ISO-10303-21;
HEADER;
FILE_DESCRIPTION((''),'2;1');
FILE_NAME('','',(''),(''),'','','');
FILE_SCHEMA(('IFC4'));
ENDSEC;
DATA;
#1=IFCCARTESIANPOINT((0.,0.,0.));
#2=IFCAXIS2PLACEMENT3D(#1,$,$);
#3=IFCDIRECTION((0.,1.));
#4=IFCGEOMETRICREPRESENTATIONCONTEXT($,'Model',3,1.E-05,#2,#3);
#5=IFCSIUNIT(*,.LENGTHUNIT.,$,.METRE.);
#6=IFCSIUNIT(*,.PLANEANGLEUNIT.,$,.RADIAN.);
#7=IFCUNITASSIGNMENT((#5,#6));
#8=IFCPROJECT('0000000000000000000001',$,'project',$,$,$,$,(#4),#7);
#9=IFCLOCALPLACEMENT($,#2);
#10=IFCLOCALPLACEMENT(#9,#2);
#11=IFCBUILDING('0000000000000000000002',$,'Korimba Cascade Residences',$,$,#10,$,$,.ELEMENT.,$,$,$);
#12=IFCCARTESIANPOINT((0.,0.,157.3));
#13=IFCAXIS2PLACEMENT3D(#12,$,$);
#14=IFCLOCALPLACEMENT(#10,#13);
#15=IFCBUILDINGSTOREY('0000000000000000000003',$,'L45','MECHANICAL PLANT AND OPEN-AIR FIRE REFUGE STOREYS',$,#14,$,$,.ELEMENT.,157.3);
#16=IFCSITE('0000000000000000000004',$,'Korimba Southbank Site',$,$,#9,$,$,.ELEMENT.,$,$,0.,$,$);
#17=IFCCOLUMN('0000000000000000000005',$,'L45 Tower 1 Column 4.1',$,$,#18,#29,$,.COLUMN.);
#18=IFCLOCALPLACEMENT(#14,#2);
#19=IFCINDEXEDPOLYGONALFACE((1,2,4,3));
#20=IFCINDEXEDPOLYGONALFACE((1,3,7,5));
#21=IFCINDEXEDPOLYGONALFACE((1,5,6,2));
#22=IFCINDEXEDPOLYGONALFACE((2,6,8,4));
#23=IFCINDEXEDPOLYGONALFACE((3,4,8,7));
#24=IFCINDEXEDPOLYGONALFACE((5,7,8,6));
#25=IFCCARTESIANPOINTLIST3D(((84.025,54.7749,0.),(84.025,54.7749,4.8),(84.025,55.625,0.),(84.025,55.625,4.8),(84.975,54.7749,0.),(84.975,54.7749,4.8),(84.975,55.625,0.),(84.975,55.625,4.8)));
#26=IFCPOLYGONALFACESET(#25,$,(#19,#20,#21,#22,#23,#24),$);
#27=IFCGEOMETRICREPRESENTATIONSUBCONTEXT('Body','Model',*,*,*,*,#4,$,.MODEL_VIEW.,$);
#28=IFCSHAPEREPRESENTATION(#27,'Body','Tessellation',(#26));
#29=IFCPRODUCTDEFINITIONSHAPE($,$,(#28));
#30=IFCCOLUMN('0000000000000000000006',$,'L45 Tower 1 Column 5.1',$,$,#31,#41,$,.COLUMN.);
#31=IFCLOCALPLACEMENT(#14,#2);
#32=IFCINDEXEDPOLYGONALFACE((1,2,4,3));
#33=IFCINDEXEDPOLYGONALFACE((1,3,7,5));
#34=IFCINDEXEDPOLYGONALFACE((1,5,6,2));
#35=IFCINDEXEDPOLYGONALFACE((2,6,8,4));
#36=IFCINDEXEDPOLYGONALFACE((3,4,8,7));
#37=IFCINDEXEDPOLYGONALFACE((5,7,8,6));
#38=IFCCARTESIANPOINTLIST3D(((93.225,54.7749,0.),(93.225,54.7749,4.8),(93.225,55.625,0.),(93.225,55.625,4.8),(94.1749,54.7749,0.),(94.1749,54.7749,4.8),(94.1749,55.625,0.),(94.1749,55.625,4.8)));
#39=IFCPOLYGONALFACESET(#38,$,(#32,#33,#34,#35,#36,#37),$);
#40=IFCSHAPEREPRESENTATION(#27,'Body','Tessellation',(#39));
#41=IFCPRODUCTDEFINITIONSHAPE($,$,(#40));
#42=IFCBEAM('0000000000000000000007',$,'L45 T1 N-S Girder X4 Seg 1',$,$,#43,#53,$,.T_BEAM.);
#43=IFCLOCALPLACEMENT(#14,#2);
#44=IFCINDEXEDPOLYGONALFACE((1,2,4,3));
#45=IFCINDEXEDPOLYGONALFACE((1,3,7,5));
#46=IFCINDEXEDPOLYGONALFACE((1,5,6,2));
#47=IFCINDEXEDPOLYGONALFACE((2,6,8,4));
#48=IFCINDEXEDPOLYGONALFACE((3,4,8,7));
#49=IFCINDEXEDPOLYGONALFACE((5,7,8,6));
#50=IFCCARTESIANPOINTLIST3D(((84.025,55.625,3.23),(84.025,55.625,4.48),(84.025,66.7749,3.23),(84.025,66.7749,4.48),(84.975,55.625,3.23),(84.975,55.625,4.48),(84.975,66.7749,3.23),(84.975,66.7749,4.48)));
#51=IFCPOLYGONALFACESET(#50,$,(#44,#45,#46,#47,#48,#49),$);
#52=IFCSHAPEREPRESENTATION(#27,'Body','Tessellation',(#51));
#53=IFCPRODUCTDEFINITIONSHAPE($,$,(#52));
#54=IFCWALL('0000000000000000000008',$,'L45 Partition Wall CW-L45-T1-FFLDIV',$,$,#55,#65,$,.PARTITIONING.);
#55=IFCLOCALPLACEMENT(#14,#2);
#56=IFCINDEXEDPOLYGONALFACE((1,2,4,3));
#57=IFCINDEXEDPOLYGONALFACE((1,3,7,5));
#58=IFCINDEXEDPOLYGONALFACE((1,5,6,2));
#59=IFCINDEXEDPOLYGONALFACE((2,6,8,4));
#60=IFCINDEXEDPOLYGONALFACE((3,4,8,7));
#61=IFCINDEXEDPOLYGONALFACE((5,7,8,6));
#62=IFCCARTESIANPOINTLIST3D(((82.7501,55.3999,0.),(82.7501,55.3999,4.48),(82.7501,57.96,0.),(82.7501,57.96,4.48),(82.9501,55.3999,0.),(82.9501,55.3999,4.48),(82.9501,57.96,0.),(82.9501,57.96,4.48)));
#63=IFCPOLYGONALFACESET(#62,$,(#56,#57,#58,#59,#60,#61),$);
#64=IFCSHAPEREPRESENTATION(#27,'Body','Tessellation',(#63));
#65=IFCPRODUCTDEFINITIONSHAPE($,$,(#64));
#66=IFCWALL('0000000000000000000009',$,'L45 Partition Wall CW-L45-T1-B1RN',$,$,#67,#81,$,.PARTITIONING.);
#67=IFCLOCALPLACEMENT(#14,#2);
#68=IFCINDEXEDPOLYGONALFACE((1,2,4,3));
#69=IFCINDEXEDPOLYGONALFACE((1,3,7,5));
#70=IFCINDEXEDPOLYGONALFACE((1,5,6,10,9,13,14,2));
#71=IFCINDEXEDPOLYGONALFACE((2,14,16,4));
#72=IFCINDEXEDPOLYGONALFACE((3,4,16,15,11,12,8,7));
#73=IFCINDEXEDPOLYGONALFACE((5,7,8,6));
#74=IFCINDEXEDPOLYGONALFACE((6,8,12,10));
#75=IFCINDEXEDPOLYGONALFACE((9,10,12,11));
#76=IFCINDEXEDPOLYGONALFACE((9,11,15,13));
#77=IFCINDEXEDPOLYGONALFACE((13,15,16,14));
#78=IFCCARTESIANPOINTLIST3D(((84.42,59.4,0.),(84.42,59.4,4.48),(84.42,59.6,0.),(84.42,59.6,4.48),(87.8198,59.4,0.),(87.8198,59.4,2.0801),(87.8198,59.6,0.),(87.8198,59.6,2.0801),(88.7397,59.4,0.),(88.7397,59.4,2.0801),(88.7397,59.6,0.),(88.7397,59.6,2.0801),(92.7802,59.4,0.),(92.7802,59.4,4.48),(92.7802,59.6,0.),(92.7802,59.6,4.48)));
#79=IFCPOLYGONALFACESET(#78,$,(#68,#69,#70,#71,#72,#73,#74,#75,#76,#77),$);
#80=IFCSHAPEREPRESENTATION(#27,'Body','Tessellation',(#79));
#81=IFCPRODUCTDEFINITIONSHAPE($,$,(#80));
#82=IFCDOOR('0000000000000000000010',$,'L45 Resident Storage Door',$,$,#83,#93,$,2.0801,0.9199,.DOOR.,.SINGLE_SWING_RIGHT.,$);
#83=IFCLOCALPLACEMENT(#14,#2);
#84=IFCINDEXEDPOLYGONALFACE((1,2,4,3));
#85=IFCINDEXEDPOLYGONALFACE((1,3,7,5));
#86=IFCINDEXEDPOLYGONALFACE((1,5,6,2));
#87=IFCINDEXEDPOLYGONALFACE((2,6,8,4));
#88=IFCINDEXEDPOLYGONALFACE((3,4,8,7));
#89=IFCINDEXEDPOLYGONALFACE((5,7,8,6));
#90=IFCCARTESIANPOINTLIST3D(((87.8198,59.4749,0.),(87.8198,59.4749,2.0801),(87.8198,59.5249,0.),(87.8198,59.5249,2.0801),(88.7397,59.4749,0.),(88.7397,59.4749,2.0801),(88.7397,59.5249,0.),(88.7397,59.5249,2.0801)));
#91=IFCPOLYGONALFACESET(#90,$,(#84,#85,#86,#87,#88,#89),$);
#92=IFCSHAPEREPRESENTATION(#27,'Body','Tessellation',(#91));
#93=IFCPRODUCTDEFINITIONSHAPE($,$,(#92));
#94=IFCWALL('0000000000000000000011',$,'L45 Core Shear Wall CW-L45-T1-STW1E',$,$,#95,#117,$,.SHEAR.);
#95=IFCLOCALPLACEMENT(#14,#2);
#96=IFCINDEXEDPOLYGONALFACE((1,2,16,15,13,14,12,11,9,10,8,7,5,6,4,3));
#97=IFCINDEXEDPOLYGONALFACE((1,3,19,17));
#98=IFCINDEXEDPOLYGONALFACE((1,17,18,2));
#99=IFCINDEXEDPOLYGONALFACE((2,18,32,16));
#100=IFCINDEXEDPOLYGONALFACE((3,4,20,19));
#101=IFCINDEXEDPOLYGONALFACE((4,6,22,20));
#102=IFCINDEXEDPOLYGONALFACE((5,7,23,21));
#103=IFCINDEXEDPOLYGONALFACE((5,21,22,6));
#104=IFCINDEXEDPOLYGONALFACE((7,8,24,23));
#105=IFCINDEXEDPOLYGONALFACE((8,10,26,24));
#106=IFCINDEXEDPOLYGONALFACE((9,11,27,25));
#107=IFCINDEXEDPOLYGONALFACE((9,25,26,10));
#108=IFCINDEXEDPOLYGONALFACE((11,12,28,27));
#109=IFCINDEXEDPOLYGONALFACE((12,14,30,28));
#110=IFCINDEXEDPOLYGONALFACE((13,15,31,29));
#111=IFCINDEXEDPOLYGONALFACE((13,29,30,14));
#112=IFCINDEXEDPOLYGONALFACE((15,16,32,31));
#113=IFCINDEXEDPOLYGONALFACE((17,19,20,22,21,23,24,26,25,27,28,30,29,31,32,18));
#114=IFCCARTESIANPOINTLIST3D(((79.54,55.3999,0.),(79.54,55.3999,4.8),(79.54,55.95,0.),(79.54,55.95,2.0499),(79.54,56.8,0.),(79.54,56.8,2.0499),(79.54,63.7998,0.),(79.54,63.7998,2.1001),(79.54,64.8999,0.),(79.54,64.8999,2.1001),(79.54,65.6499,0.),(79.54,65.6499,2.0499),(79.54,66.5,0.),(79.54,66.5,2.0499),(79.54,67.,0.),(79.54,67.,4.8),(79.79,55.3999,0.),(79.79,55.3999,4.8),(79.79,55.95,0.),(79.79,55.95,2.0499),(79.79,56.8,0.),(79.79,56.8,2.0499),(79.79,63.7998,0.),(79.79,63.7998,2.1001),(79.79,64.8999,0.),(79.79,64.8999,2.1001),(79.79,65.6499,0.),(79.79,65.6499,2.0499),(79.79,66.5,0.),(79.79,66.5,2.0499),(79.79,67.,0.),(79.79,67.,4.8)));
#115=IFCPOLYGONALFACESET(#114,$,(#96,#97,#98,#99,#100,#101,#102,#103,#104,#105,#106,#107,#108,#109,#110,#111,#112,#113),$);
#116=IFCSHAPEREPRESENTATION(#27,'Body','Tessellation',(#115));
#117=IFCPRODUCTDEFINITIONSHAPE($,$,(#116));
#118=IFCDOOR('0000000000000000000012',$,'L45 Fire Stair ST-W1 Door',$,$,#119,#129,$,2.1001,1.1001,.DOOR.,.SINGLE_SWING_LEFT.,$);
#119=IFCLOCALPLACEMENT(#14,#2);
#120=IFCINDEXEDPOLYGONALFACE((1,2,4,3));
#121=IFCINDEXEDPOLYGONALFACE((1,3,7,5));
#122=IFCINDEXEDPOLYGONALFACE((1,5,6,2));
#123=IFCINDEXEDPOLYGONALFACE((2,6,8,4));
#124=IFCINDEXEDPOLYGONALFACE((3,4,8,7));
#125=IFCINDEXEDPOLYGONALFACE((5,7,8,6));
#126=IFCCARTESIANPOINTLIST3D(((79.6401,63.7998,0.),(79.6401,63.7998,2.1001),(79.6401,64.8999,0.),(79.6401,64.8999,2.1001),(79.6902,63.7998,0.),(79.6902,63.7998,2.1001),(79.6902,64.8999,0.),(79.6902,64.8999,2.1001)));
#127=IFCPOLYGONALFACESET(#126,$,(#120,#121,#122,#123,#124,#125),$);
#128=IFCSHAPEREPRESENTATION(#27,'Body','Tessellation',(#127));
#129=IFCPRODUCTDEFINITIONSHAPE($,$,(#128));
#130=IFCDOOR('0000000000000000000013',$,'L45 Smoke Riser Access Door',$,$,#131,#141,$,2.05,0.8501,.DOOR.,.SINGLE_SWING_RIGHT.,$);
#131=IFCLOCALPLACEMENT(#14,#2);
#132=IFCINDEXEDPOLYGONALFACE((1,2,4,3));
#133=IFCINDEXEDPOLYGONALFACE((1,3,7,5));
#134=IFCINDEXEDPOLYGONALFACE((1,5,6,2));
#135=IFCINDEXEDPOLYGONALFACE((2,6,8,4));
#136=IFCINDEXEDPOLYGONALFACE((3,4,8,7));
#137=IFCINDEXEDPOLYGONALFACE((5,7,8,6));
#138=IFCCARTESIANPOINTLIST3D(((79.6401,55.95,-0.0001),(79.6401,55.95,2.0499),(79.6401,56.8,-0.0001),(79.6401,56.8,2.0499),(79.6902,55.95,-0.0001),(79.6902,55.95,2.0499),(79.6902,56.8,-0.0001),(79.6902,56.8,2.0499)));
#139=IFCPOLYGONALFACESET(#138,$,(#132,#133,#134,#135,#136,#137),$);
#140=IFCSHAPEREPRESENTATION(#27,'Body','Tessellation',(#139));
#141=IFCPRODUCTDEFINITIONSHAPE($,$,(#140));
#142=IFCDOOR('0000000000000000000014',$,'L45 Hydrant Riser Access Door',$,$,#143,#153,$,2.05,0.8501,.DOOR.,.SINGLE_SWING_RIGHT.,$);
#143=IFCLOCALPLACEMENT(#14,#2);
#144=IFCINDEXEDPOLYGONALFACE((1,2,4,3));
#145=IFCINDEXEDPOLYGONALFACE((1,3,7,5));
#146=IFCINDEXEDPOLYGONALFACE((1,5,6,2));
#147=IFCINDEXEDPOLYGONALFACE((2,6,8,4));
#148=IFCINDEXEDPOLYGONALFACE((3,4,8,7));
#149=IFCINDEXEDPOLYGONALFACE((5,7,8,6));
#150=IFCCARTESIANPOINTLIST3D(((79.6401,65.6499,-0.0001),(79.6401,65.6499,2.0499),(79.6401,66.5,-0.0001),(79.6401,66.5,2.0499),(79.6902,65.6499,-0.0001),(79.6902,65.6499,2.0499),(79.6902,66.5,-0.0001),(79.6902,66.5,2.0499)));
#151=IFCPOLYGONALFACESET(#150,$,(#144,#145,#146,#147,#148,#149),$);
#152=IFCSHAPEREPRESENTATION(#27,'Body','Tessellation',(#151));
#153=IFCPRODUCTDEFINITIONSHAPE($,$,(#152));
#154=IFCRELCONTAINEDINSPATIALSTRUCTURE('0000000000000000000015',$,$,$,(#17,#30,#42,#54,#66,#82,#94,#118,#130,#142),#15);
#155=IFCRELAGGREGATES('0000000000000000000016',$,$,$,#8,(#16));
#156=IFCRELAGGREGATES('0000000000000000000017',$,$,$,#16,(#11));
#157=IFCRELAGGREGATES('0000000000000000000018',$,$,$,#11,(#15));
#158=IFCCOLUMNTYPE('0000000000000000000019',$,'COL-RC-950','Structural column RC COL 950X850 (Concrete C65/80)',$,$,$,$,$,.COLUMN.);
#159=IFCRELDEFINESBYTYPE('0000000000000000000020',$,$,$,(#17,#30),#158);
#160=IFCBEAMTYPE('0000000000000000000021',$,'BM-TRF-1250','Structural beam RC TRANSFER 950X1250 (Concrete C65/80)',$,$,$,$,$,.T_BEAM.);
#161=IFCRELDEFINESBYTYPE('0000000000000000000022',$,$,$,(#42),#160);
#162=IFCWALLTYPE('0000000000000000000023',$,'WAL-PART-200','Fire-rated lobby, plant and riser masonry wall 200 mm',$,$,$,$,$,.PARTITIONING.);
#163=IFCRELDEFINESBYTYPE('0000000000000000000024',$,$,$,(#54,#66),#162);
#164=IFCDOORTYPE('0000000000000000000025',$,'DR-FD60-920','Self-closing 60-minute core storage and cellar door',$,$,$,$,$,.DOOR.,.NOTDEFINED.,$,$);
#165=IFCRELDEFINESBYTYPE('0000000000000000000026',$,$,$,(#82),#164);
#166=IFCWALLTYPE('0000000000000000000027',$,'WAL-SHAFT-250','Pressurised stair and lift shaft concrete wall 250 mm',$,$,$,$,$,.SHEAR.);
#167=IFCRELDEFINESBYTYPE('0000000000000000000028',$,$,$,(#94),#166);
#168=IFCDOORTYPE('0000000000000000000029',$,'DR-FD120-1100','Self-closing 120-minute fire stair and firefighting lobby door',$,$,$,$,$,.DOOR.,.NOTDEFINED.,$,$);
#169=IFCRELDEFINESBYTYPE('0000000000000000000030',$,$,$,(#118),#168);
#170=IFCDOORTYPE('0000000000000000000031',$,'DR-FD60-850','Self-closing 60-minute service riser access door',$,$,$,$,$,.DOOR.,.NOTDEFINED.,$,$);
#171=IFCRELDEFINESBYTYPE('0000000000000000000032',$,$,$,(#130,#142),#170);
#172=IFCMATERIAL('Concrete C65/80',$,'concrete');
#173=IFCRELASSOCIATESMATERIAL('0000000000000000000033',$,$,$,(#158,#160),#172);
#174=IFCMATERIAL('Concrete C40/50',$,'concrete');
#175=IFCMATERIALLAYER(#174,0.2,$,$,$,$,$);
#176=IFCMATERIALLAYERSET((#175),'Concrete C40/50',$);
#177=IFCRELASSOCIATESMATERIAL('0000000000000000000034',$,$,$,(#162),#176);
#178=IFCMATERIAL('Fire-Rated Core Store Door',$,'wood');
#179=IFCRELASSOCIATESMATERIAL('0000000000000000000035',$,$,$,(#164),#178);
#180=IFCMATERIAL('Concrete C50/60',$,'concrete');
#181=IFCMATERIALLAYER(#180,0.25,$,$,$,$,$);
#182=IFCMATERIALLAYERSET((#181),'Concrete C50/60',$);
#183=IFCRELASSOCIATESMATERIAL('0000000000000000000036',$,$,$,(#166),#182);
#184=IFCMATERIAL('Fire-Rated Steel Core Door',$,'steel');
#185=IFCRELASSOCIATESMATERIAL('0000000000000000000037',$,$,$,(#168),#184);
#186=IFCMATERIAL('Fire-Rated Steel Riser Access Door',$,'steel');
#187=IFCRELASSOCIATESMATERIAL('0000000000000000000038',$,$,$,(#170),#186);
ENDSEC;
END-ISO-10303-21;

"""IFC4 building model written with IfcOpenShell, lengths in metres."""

from ifc_helpers import new_model, si_unit, direction, frame, frame_2d, origin, origin_2d, place, context, subcontext, project, spatial, rectangle, extrude, material, layer, layer_set, material_profile, profile_set, type_object, element, fill, save


model = new_model("IFC4")

# Units and contexts
model_context = context("Model", 3, precision=1e-05, world=origin(), true_north=direction((0.0, 1.0)))
body_context = subcontext(model_context, "Body", "Model", "MODEL_VIEW")
ifc_project = project(units=[si_unit("LENGTHUNIT", "METRE"), si_unit("PLANEANGLEUNIT", "RADIAN")], contexts=[model_context])

# Site, building, storey
site_placement = place(None, origin())
site = spatial("IfcSite", under=ifc_project, at=site_placement, Name="Korimba Southbank Site", CompositionType="ELEMENT", RefElevation=0.0)
building_placement = place(site_placement, origin())
building = spatial("IfcBuilding", under=site, at=building_placement, Name="Korimba Cascade Residences", CompositionType="ELEMENT")
storey_placement = place(building_placement, frame((0.0, 0.0, 157.3)))
storey = spatial("IfcBuildingStorey", under=building, at=storey_placement, Name="L45", Description="MECHANICAL PLANT AND OPEN-AIR FIRE REFUGE STOREYS", CompositionType="ELEMENT", Elevation=157.3)

# Columns
ifc_material_1 = material(Name="Concrete C65/80", Category="concrete")
ifc_material_profile_1 = material_profile(ifc_material_1, rectangle(XDim=0.95, YDim=0.8501, at=origin_2d()), Name="Concrete C65/80")
ifc_profile_set_1 = profile_set([ifc_material_profile_1], Name="Concrete C65/80")
column_type = type_object("IfcColumnType", Name="COL-RC-950", Description="Structural column RC COL 950X850 (Concrete C65/80)", PredefinedType="COLUMN", material=ifc_profile_set_1)
for number, where, z_axis, x_axis, name in (
    (1, (84.5, 55.2, 0.0), (0.0, 0.0, 1.0), (1.0, 0.0, 0.0), "L45 Tower 1 Column 4.1"),
    (2, (93.7, 55.2, 0.0), (0.0, 0.0, 1.0), (1.0, 0.0, 0.0), "L45 Tower 1 Column 5.1"),
):
    element("IfcColumn", number, at=place(storey_placement, frame(where, z_axis=z_axis, x_axis=x_axis)), inside=storey, type_object=column_type, Name=name, PredefinedType="COLUMN", context=body_context, shape_type="SweptSolid", body=[
        extrude(rectangle(XDim=0.95, YDim=0.8501, at=origin_2d()), origin(), (0.0, 0.0, 1.0), 4.8),
    ])

# Beam
ifc_material_profile_2 = material_profile(ifc_material_1, rectangle(XDim=0.95, YDim=1.25, at=origin_2d()), Name="Concrete C65/80")
ifc_profile_set_2 = profile_set([ifc_material_profile_2], Name="Concrete C65/80")
beam_type = type_object("IfcBeamType", Name="BM-TRF-1250", Description="Structural beam RC TRANSFER 950X1250 (Concrete C65/80)", PredefinedType="T_BEAM", material=ifc_profile_set_2)
beam_placement = place(storey_placement, frame((84.5, 55.625, 3.855), z_axis=(0.0, 1.0, 0.0), x_axis=(-1.0, 0.0, 0.0)))
element("IfcBeam", 3, at=beam_placement, inside=storey, type_object=beam_type, Name="L45 T1 N-S Girder X4 Seg 1", PredefinedType="T_BEAM", context=body_context, shape_type="SweptSolid", body=[
    extrude(rectangle(XDim=0.95, YDim=1.25, at=origin_2d()), origin(), (0.0, 0.0, 1.0), 11.1499),
])

# Wall
ifc_material_2 = material(Name="Concrete C40/50", Category="concrete")
ifc_layer_1 = layer(ifc_material_2, 0.2)
ifc_layer_set_1 = layer_set([ifc_layer_1], Name="Concrete C40/50")
wall_type_1 = type_object("IfcWallType", Name="WAL-PART-200", Description="Fire-rated lobby, plant and riser masonry wall 200 mm", PredefinedType="PARTITIONING", material=ifc_layer_set_1)
wall_1_placement = place(storey_placement, frame((82.8501, 55.3999, 0.0), z_axis=(0.0, 0.0, 1.0), x_axis=(0.0, 1.0, 0.0)))
element("IfcWall", 4, at=wall_1_placement, inside=storey, type_object=wall_type_1, Name="L45 Partition Wall CW-L45-T1-FFLDIV", PredefinedType="PARTITIONING", context=body_context, shape_type="SweptSolid", body=[
    extrude(rectangle(XDim=2.5601, YDim=0.2, at=frame_2d((1.28, 0.0))), origin(), (0.0, 0.0, 1.0), 4.48),
])

# Wall, opening, door
wall_2_placement = place(storey_placement, frame((84.4199, 59.5, 0.0), z_axis=(0.0, 0.0, 1.0), x_axis=(1.0, 0.0, 0.0)))
wall_2 = element("IfcWall", 5, at=wall_2_placement, inside=storey, type_object=wall_type_1, Name="L45 Partition Wall CW-L45-T1-B1RN", PredefinedType="PARTITIONING", context=body_context, shape_type="SweptSolid", body=[
    extrude(rectangle(XDim=8.3601, YDim=0.2, at=frame_2d((4.1802, 0.0))), origin(), (0.0, 0.0, 1.0), 4.48),
])
opening_1_placement = place(wall_2_placement, frame((3.3999, 0.0, 0.0)))
opening_1 = element("IfcOpeningElement", 6, at=opening_1_placement, cuts=wall_2, PredefinedType="OPENING", context=body_context, shape_type="SweptSolid", body=[
    extrude(rectangle(XDim=0.9199, YDim=2.0801, at=frame_2d((0.46, 1.04))), frame((0.0, 0.1099, 0.0), z_axis=(0.0, -1.0, 0.0), x_axis=(1.0, 0.0, 0.0)), (0.0, 0.0, 1.0), 0.22),
])
ifc_material_3 = material(Name="Fire-Rated Core Store Door", Category="wood")
door_type_1 = type_object("IfcDoorType", Name="DR-FD60-920", Description="Self-closing 60-minute core storage and cellar door", OperationType="NOTDEFINED", PredefinedType="DOOR", material=ifc_material_3)
door_1_placement = place(opening_1_placement, origin())
door_1 = element("IfcDoor", 7, at=door_1_placement, inside=storey, type_object=door_type_1, Name="L45 Resident Storage Door", OperationType="SINGLE_SWING_RIGHT", OverallHeight=2.0801, OverallWidth=0.9199, PredefinedType="DOOR", context=body_context, shape_type="SweptSolid", body=[
    extrude(rectangle(XDim=0.9199, YDim=2.0801, at=frame_2d((0.46, 1.04))), frame((0.0, 0.0249, 0.0), z_axis=(0.0, -1.0, 0.0), x_axis=(1.0, 0.0, 0.0)), (0.0, 0.0, 1.0), 0.05),
])
fill(opening_1, door_1)

# Wall, openings, doors
ifc_material_4 = material(Name="Concrete C50/60", Category="concrete")
ifc_layer_2 = layer(ifc_material_4, 0.25)
ifc_layer_set_2 = layer_set([ifc_layer_2], Name="Concrete C50/60")
wall_type_2 = type_object("IfcWallType", Name="WAL-SHAFT-250", Description="Pressurised stair and lift shaft concrete wall 250 mm", PredefinedType="SHEAR", material=ifc_layer_set_2)
wall_3_placement = place(storey_placement, frame((79.665, 55.3999, 0.0), z_axis=(0.0, 0.0, 1.0), x_axis=(0.0, 1.0, 0.0)))
wall_3 = element("IfcWall", 8, at=wall_3_placement, inside=storey, type_object=wall_type_2, Name="L45 Core Shear Wall CW-L45-T1-STW1E", PredefinedType="SHEAR", context=body_context, shape_type="SweptSolid", body=[
    extrude(rectangle(XDim=11.6001, YDim=0.25, at=frame_2d((5.8, 0.0))), origin(), (0.0, 0.0, 1.0), 4.8),
])
opening_2_placement = place(wall_3_placement, frame((0.55, 0.0, 0.0)))
opening_2 = element("IfcOpeningElement", 9, at=opening_2_placement, cuts=wall_3, PredefinedType="OPENING", context=body_context, shape_type="SweptSolid", body=[
    extrude(rectangle(XDim=0.8501, YDim=2.05, at=frame_2d((0.425, 1.0249))), frame((0.0, 0.135, 0.0), z_axis=(0.0, -1.0, 0.0), x_axis=(1.0, 0.0, 0.0)), (0.0, 0.0, 1.0), 0.27),
])
opening_3_placement = place(wall_3_placement, frame((8.3999, 0.0, 0.0)))
opening_3 = element("IfcOpeningElement", 10, at=opening_3_placement, cuts=wall_3, PredefinedType="OPENING", context=body_context, shape_type="SweptSolid", body=[
    extrude(rectangle(XDim=1.1001, YDim=2.1001, at=frame_2d((0.55, 1.05))), frame((0.0, 0.135, 0.0), z_axis=(0.0, -1.0, 0.0), x_axis=(1.0, 0.0, 0.0)), (0.0, 0.0, 1.0), 0.27),
])
opening_4_placement = place(wall_3_placement, frame((10.25, 0.0, 0.0)))
opening_4 = element("IfcOpeningElement", 11, at=opening_4_placement, cuts=wall_3, PredefinedType="OPENING", context=body_context, shape_type="SweptSolid", body=[
    extrude(rectangle(XDim=0.8501, YDim=2.05, at=frame_2d((0.425, 1.0249))), frame((0.0, 0.135, 0.0), z_axis=(0.0, -1.0, 0.0), x_axis=(1.0, 0.0, 0.0)), (0.0, 0.0, 1.0), 0.27),
])
ifc_material_5 = material(Name="Fire-Rated Steel Core Door", Category="steel")
door_type_2 = type_object("IfcDoorType", Name="DR-FD120-1100", Description="Self-closing 120-minute fire stair and firefighting lobby door", OperationType="NOTDEFINED", PredefinedType="DOOR", material=ifc_material_5)
door_2_placement = place(opening_3_placement, origin())
door_2 = element("IfcDoor", 12, at=door_2_placement, inside=storey, type_object=door_type_2, Name="L45 Fire Stair ST-W1 Door", OperationType="SINGLE_SWING_LEFT", OverallHeight=2.1001, OverallWidth=1.1001, PredefinedType="DOOR", context=body_context, shape_type="SweptSolid", body=[
    extrude(rectangle(XDim=1.1001, YDim=2.1001, at=frame_2d((0.55, 1.05))), frame((0.0, 0.0249, 0.0), z_axis=(0.0, -1.0, 0.0), x_axis=(1.0, 0.0, 0.0)), (0.0, 0.0, 1.0), 0.05),
])
fill(opening_3, door_2)
ifc_material_6 = material(Name="Fire-Rated Steel Riser Access Door", Category="steel")
door_type_3 = type_object("IfcDoorType", Name="DR-FD60-850", Description="Self-closing 60-minute service riser access door", OperationType="NOTDEFINED", PredefinedType="DOOR", material=ifc_material_6)
door_3_placement = place(opening_2_placement, origin())
door_3 = element("IfcDoor", 13, at=door_3_placement, inside=storey, type_object=door_type_3, Name="L45 Smoke Riser Access Door", OperationType="SINGLE_SWING_RIGHT", OverallHeight=2.05, OverallWidth=0.8501, PredefinedType="DOOR", context=body_context, shape_type="SweptSolid", body=[
    extrude(rectangle(XDim=0.8501, YDim=2.05, at=frame_2d((0.425, 1.0249))), frame((0.0, 0.0249, 0.0), z_axis=(0.0, -1.0, 0.0), x_axis=(1.0, 0.0, 0.0)), (0.0, 0.0, 1.0), 0.05),
])
fill(opening_2, door_3)
door_4_placement = place(opening_4_placement, origin())
door_4 = element("IfcDoor", 14, at=door_4_placement, inside=storey, type_object=door_type_3, Name="L45 Hydrant Riser Access Door", OperationType="SINGLE_SWING_RIGHT", OverallHeight=2.05, OverallWidth=0.8501, PredefinedType="DOOR", context=body_context, shape_type="SweptSolid", body=[
    extrude(rectangle(XDim=0.8501, YDim=2.05, at=frame_2d((0.425, 1.0249))), frame((0.0, 0.0249, 0.0), z_axis=(0.0, -1.0, 0.0), x_axis=(1.0, 0.0, 0.0)), (0.0, 0.0, 1.0), 0.05),
])
fill(opening_4, door_4)

save(model, "model.ifc")
